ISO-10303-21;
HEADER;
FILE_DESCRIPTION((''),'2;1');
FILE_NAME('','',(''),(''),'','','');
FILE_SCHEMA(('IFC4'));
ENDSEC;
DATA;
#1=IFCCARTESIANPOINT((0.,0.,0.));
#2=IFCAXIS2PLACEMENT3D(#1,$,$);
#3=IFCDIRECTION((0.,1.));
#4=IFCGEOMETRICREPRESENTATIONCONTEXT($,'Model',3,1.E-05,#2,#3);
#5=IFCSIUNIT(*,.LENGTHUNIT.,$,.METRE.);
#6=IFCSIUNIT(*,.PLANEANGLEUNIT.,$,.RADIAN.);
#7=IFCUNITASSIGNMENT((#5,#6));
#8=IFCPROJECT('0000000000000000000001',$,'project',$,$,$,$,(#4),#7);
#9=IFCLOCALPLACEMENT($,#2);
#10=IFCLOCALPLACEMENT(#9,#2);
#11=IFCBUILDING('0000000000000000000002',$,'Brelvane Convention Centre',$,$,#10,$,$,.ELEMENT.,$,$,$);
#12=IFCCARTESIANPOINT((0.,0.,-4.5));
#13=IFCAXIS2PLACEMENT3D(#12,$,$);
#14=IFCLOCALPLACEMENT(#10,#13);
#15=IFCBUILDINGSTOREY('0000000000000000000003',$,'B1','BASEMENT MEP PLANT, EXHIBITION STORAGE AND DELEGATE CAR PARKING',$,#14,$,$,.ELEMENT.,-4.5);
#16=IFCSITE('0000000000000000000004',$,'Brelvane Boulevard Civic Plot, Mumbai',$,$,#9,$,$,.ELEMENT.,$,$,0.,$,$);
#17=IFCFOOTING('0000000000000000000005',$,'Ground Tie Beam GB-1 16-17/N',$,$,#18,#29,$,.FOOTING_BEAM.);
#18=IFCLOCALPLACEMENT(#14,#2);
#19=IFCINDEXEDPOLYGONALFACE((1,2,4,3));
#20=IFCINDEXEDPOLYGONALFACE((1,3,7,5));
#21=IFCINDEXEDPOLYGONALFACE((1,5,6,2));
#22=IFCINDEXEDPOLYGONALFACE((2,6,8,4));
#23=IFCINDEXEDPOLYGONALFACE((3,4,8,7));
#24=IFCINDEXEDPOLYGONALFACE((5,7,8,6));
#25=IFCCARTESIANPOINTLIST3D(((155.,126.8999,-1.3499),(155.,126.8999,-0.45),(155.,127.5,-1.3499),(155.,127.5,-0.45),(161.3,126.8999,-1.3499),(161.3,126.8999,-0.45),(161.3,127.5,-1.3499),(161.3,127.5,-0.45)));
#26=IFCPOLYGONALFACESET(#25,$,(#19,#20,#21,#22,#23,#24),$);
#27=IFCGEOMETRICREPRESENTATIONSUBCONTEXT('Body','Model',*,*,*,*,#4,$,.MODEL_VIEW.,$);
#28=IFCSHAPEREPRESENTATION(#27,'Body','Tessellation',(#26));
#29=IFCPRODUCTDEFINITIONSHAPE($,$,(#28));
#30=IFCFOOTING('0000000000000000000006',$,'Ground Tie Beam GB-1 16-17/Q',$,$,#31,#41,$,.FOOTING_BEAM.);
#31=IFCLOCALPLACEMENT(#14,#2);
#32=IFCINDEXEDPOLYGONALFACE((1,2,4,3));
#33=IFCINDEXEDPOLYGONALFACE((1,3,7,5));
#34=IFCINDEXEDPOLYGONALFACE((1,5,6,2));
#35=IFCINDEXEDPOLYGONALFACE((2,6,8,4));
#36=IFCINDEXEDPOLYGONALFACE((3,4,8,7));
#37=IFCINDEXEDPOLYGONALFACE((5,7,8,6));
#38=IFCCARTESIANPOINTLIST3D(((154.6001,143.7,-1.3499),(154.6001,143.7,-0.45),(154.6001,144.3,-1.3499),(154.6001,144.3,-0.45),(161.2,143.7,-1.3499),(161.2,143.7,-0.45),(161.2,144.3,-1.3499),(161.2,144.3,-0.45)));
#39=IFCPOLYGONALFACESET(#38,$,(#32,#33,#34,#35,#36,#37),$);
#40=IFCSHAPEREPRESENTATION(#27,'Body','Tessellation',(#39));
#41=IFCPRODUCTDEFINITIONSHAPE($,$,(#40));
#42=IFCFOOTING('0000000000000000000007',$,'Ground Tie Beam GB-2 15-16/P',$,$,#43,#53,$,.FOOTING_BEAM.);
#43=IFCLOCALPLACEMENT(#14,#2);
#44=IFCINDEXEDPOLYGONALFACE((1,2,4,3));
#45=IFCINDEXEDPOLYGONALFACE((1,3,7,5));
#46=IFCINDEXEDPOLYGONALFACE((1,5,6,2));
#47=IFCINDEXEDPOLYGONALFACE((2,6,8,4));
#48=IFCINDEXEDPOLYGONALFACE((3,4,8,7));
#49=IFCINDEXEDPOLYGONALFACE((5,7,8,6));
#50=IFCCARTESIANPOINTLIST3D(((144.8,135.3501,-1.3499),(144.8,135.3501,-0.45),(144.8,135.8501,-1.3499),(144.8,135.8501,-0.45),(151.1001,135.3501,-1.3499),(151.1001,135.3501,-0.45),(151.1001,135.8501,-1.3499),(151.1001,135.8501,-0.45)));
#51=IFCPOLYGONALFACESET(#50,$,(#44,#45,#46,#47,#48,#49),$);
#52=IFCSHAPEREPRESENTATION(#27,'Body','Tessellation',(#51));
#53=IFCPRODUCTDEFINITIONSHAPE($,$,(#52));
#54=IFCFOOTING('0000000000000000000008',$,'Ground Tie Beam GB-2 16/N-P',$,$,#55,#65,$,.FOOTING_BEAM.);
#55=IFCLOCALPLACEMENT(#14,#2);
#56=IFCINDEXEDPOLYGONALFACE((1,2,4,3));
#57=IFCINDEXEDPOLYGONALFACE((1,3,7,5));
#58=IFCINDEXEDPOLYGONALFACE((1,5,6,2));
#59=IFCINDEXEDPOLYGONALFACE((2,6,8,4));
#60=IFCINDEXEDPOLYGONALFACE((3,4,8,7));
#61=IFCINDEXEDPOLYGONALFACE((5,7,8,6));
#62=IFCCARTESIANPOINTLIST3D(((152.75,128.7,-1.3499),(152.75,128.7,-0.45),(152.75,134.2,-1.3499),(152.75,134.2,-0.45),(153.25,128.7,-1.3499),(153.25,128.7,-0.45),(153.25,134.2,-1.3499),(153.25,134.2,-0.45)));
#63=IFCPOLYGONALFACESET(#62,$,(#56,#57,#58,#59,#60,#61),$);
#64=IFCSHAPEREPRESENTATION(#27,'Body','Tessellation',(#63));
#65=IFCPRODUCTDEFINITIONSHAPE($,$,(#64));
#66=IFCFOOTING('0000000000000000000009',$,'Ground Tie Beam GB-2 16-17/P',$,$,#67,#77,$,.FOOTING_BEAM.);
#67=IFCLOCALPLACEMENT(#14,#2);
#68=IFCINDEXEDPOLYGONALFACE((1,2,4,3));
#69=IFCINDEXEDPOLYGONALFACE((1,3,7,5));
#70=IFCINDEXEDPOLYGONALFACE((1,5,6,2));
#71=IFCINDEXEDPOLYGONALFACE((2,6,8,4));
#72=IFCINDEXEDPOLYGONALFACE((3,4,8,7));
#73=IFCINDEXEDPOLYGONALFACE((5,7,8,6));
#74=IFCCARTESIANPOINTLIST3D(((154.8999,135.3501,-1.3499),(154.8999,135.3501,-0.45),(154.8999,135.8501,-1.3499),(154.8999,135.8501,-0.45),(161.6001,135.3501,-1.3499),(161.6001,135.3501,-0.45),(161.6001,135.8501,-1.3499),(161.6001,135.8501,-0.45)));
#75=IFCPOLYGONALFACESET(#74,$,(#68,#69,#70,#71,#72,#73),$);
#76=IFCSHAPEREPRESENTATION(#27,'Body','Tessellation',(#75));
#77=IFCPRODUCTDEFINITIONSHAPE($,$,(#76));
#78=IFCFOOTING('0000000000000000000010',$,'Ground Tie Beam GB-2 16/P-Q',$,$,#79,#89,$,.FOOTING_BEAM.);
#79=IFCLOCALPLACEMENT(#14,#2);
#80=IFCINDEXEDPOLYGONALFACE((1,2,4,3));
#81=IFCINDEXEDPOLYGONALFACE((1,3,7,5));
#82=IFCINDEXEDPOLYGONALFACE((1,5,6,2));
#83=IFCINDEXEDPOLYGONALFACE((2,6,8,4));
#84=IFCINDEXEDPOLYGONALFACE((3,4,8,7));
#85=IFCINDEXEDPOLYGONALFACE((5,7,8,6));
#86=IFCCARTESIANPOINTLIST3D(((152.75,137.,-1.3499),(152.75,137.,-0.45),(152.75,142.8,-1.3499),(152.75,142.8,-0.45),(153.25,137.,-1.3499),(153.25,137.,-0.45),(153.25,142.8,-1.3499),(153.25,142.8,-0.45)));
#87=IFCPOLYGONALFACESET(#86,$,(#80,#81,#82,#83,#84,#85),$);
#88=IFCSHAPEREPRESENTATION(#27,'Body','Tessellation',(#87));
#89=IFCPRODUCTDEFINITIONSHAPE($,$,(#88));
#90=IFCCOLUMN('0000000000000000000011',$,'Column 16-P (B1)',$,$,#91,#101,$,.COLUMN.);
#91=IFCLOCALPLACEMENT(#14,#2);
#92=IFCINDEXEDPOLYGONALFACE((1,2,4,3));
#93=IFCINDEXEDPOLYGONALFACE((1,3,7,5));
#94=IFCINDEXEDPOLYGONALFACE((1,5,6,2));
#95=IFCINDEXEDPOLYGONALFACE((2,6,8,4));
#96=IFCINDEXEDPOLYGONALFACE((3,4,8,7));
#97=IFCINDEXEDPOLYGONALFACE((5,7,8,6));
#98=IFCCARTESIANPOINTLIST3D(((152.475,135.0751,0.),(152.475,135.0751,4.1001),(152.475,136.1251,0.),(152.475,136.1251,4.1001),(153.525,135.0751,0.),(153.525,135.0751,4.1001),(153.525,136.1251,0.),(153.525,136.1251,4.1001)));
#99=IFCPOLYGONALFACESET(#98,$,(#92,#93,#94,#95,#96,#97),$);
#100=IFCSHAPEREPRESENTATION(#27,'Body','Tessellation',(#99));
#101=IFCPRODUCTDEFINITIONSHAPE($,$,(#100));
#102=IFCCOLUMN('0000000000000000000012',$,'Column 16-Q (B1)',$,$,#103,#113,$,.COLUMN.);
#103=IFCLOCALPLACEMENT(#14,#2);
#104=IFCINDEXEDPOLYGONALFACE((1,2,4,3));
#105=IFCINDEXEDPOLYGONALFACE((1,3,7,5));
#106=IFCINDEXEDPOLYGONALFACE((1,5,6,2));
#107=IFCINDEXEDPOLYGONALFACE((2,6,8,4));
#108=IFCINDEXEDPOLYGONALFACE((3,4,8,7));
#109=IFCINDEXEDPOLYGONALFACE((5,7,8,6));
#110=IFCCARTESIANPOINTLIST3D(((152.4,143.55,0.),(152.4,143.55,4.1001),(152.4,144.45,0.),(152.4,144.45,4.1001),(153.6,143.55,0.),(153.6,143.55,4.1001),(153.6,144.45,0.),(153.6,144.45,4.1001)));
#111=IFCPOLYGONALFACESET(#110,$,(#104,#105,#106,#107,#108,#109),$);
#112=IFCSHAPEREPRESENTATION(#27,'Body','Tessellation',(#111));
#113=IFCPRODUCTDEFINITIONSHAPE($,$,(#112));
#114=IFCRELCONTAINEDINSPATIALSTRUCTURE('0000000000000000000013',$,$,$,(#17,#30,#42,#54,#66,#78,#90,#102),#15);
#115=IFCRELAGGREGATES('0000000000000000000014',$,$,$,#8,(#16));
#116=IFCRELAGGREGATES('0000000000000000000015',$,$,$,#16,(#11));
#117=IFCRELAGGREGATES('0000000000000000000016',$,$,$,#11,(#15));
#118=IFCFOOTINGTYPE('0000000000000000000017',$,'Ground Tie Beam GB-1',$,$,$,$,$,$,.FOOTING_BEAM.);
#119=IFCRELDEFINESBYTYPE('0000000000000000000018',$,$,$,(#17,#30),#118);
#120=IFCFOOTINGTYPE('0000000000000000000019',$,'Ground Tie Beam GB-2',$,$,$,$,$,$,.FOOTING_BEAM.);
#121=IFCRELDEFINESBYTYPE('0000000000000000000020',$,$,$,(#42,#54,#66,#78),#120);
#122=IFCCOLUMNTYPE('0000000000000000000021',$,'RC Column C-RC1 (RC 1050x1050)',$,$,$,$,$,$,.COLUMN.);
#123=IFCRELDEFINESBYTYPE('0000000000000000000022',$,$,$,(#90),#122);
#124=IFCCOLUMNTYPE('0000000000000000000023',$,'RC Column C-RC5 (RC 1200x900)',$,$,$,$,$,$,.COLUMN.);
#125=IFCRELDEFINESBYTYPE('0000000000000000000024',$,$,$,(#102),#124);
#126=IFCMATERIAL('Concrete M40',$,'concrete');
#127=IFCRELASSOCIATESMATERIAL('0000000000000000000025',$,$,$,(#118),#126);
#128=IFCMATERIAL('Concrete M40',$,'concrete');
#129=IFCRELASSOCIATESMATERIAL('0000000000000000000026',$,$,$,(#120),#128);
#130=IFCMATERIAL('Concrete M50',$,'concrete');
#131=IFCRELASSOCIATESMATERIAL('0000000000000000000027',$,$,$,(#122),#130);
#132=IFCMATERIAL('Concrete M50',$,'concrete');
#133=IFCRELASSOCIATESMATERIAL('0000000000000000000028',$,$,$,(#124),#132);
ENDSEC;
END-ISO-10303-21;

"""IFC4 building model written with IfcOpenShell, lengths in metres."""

from ifc_helpers import new_model, si_unit, direction, frame, origin, origin_2d, place, context, subcontext, project, spatial, rectangle, extrude, material, material_profile, profile_set, type_object, element, save


model = new_model("IFC4")

# Units and contexts
model_context = context("Model", 3, precision=1e-05, world=origin(), true_north=direction((0.0, 1.0)))
body_context = subcontext(model_context, "Body", "Model", "MODEL_VIEW")
ifc_project = project(units=[si_unit("LENGTHUNIT", "METRE"), si_unit("PLANEANGLEUNIT", "RADIAN")], contexts=[model_context])

# Site, building, storey
site_placement = place(None, origin())
site = spatial("IfcSite", under=ifc_project, at=site_placement, Name="Brelvane Boulevard Civic Plot, Mumbai", CompositionType="ELEMENT", RefElevation=0.0)
building_placement = place(site_placement, origin())
building = spatial("IfcBuilding", under=site, at=building_placement, Name="Brelvane Convention Centre", CompositionType="ELEMENT")
storey_placement = place(building_placement, frame((0.0, 0.0, -4.5)))
storey = spatial("IfcBuildingStorey", under=building, at=storey_placement, Name="B1", Description="BASEMENT MEP PLANT, EXHIBITION STORAGE AND DELEGATE CAR PARKING", CompositionType="ELEMENT", Elevation=-4.5)

# Footings
ifc_material_1 = material(Name="Concrete M40", Category="concrete")
ifc_material_profile_1 = material_profile(ifc_material_1, rectangle(XDim=0.6001, YDim=0.8999, at=origin_2d()), Name="RC 600x900")
ifc_profile_set_1 = profile_set([ifc_material_profile_1], Name="Concrete M40")
footing_type_1 = type_object("IfcFootingType", Name="Ground Tie Beam GB-1", PredefinedType="FOOTING_BEAM", material=ifc_profile_set_1)
footing_1_placement = place(storey_placement, frame((155.0, 127.2, -0.8999), z_axis=(1.0, 0.0, 0.0), x_axis=(0.0, 1.0, 0.0)))
element("IfcFooting", 1, at=footing_1_placement, inside=storey, type_object=footing_type_1, Name="Ground Tie Beam GB-1 16-17/N", PredefinedType="FOOTING_BEAM", context=body_context, shape_type="SweptSolid", body=[
    extrude(rectangle(XDim=0.6001, YDim=0.8999, at=origin_2d()), origin(), (0.0, 0.0, 1.0), 6.3),
])
footing_2_placement = place(storey_placement, frame((154.6001, 144.0, -0.8999), z_axis=(1.0, 0.0, 0.0), x_axis=(0.0, 1.0, 0.0)))
element("IfcFooting", 2, at=footing_2_placement, inside=storey, type_object=footing_type_1, Name="Ground Tie Beam GB-1 16-17/Q", PredefinedType="FOOTING_BEAM", context=body_context, shape_type="SweptSolid", body=[
    extrude(rectangle(XDim=0.6001, YDim=0.8999, at=origin_2d()), origin(), (0.0, 0.0, 1.0), 6.5999),
])
ifc_material_2 = material(Name="Concrete M40", Category="concrete")
ifc_material_profile_2 = material_profile(ifc_material_2, rectangle(XDim=0.5, YDim=0.8999, at=origin_2d()), Name="RC 500x900")
ifc_profile_set_2 = profile_set([ifc_material_profile_2], Name="Concrete M40")
footing_type_2 = type_object("IfcFootingType", Name="Ground Tie Beam GB-2", PredefinedType="FOOTING_BEAM", material=ifc_profile_set_2)
footing_3_placement = place(storey_placement, frame((144.8, 135.6001, -0.8999), z_axis=(1.0, 0.0, 0.0), x_axis=(0.0, 1.0, 0.0)))
element("IfcFooting", 3, at=footing_3_placement, inside=storey, type_object=footing_type_2, Name="Ground Tie Beam GB-2 15-16/P", PredefinedType="FOOTING_BEAM", context=body_context, shape_type="SweptSolid", body=[
    extrude(rectangle(XDim=0.5, YDim=0.8999, at=origin_2d()), origin(), (0.0, 0.0, 1.0), 6.3),
])
footing_4_placement = place(storey_placement, frame((153.0, 128.7, -0.8999), z_axis=(0.0, 1.0, 0.0), x_axis=(-1.0, 0.0, 0.0)))
element("IfcFooting", 4, at=footing_4_placement, inside=storey, type_object=footing_type_2, Name="Ground Tie Beam GB-2 16/N-P", PredefinedType="FOOTING_BEAM", context=body_context, shape_type="SweptSolid", body=[
    extrude(rectangle(XDim=0.5, YDim=0.8999, at=origin_2d()), origin(), (0.0, 0.0, 1.0), 5.5),
])
footing_5_placement = place(storey_placement, frame((154.8999, 135.6001, -0.8999), z_axis=(1.0, 0.0, 0.0), x_axis=(0.0, 1.0, 0.0)))
element("IfcFooting", 5, at=footing_5_placement, inside=storey, type_object=footing_type_2, Name="Ground Tie Beam GB-2 16-17/P", PredefinedType="FOOTING_BEAM", context=body_context, shape_type="SweptSolid", body=[
    extrude(rectangle(XDim=0.5, YDim=0.8999, at=origin_2d()), origin(), (0.0, 0.0, 1.0), 6.7002),
])
footing_6_placement = place(storey_placement, frame((153.0, 137.0, -0.8999), z_axis=(0.0, 1.0, 0.0), x_axis=(-1.0, 0.0, 0.0)))
element("IfcFooting", 6, at=footing_6_placement, inside=storey, type_object=footing_type_2, Name="Ground Tie Beam GB-2 16/P-Q", PredefinedType="FOOTING_BEAM", context=body_context, shape_type="SweptSolid", body=[
    extrude(rectangle(XDim=0.5, YDim=0.8999, at=origin_2d()), origin(), (0.0, 0.0, 1.0), 5.8),
])

# Columns
ifc_material_3 = material(Name="Concrete M50", Category="concrete")
ifc_material_profile_3 = material_profile(ifc_material_3, rectangle(XDim=1.05, YDim=1.05, at=origin_2d()), Name="RC 1050x1050")
ifc_profile_set_3 = profile_set([ifc_material_profile_3], Name="Concrete M50")
column_type_1 = type_object("IfcColumnType", Name="RC Column C-RC1 (RC 1050x1050)", PredefinedType="COLUMN", material=ifc_profile_set_3)
column_1_placement = place(storey_placement, frame((153.0, 135.6001, 0.0), z_axis=(0.0, 0.0, 1.0), x_axis=(1.0, 0.0, 0.0)))
element("IfcColumn", 7, at=column_1_placement, inside=storey, type_object=column_type_1, Name="Column 16-P (B1)", PredefinedType="COLUMN", context=body_context, shape_type="SweptSolid", body=[
    extrude(rectangle(XDim=1.05, YDim=1.05, at=origin_2d()), origin(), (0.0, 0.0, 1.0), 4.1001),
])
ifc_material_4 = material(Name="Concrete M50", Category="concrete")
ifc_material_profile_4 = material_profile(ifc_material_4, rectangle(XDim=1.2, YDim=0.8999, at=origin_2d()), Name="RC 1200x900")
ifc_profile_set_4 = profile_set([ifc_material_profile_4], Name="Concrete M50")
column_type_2 = type_object("IfcColumnType", Name="RC Column C-RC5 (RC 1200x900)", PredefinedType="COLUMN", material=ifc_profile_set_4)
column_2_placement = place(storey_placement, frame((153.0, 144.0, 0.0), z_axis=(0.0, 0.0, 1.0), x_axis=(1.0, 0.0, 0.0)))
element("IfcColumn", 8, at=column_2_placement, inside=storey, type_object=column_type_2, Name="Column 16-Q (B1)", PredefinedType="COLUMN", context=body_context, shape_type="SweptSolid", body=[
    extrude(rectangle(XDim=1.2, YDim=0.8999, at=origin_2d()), origin(), (0.0, 0.0, 1.0), 4.1001),
])

save(model, "model.ifc")
